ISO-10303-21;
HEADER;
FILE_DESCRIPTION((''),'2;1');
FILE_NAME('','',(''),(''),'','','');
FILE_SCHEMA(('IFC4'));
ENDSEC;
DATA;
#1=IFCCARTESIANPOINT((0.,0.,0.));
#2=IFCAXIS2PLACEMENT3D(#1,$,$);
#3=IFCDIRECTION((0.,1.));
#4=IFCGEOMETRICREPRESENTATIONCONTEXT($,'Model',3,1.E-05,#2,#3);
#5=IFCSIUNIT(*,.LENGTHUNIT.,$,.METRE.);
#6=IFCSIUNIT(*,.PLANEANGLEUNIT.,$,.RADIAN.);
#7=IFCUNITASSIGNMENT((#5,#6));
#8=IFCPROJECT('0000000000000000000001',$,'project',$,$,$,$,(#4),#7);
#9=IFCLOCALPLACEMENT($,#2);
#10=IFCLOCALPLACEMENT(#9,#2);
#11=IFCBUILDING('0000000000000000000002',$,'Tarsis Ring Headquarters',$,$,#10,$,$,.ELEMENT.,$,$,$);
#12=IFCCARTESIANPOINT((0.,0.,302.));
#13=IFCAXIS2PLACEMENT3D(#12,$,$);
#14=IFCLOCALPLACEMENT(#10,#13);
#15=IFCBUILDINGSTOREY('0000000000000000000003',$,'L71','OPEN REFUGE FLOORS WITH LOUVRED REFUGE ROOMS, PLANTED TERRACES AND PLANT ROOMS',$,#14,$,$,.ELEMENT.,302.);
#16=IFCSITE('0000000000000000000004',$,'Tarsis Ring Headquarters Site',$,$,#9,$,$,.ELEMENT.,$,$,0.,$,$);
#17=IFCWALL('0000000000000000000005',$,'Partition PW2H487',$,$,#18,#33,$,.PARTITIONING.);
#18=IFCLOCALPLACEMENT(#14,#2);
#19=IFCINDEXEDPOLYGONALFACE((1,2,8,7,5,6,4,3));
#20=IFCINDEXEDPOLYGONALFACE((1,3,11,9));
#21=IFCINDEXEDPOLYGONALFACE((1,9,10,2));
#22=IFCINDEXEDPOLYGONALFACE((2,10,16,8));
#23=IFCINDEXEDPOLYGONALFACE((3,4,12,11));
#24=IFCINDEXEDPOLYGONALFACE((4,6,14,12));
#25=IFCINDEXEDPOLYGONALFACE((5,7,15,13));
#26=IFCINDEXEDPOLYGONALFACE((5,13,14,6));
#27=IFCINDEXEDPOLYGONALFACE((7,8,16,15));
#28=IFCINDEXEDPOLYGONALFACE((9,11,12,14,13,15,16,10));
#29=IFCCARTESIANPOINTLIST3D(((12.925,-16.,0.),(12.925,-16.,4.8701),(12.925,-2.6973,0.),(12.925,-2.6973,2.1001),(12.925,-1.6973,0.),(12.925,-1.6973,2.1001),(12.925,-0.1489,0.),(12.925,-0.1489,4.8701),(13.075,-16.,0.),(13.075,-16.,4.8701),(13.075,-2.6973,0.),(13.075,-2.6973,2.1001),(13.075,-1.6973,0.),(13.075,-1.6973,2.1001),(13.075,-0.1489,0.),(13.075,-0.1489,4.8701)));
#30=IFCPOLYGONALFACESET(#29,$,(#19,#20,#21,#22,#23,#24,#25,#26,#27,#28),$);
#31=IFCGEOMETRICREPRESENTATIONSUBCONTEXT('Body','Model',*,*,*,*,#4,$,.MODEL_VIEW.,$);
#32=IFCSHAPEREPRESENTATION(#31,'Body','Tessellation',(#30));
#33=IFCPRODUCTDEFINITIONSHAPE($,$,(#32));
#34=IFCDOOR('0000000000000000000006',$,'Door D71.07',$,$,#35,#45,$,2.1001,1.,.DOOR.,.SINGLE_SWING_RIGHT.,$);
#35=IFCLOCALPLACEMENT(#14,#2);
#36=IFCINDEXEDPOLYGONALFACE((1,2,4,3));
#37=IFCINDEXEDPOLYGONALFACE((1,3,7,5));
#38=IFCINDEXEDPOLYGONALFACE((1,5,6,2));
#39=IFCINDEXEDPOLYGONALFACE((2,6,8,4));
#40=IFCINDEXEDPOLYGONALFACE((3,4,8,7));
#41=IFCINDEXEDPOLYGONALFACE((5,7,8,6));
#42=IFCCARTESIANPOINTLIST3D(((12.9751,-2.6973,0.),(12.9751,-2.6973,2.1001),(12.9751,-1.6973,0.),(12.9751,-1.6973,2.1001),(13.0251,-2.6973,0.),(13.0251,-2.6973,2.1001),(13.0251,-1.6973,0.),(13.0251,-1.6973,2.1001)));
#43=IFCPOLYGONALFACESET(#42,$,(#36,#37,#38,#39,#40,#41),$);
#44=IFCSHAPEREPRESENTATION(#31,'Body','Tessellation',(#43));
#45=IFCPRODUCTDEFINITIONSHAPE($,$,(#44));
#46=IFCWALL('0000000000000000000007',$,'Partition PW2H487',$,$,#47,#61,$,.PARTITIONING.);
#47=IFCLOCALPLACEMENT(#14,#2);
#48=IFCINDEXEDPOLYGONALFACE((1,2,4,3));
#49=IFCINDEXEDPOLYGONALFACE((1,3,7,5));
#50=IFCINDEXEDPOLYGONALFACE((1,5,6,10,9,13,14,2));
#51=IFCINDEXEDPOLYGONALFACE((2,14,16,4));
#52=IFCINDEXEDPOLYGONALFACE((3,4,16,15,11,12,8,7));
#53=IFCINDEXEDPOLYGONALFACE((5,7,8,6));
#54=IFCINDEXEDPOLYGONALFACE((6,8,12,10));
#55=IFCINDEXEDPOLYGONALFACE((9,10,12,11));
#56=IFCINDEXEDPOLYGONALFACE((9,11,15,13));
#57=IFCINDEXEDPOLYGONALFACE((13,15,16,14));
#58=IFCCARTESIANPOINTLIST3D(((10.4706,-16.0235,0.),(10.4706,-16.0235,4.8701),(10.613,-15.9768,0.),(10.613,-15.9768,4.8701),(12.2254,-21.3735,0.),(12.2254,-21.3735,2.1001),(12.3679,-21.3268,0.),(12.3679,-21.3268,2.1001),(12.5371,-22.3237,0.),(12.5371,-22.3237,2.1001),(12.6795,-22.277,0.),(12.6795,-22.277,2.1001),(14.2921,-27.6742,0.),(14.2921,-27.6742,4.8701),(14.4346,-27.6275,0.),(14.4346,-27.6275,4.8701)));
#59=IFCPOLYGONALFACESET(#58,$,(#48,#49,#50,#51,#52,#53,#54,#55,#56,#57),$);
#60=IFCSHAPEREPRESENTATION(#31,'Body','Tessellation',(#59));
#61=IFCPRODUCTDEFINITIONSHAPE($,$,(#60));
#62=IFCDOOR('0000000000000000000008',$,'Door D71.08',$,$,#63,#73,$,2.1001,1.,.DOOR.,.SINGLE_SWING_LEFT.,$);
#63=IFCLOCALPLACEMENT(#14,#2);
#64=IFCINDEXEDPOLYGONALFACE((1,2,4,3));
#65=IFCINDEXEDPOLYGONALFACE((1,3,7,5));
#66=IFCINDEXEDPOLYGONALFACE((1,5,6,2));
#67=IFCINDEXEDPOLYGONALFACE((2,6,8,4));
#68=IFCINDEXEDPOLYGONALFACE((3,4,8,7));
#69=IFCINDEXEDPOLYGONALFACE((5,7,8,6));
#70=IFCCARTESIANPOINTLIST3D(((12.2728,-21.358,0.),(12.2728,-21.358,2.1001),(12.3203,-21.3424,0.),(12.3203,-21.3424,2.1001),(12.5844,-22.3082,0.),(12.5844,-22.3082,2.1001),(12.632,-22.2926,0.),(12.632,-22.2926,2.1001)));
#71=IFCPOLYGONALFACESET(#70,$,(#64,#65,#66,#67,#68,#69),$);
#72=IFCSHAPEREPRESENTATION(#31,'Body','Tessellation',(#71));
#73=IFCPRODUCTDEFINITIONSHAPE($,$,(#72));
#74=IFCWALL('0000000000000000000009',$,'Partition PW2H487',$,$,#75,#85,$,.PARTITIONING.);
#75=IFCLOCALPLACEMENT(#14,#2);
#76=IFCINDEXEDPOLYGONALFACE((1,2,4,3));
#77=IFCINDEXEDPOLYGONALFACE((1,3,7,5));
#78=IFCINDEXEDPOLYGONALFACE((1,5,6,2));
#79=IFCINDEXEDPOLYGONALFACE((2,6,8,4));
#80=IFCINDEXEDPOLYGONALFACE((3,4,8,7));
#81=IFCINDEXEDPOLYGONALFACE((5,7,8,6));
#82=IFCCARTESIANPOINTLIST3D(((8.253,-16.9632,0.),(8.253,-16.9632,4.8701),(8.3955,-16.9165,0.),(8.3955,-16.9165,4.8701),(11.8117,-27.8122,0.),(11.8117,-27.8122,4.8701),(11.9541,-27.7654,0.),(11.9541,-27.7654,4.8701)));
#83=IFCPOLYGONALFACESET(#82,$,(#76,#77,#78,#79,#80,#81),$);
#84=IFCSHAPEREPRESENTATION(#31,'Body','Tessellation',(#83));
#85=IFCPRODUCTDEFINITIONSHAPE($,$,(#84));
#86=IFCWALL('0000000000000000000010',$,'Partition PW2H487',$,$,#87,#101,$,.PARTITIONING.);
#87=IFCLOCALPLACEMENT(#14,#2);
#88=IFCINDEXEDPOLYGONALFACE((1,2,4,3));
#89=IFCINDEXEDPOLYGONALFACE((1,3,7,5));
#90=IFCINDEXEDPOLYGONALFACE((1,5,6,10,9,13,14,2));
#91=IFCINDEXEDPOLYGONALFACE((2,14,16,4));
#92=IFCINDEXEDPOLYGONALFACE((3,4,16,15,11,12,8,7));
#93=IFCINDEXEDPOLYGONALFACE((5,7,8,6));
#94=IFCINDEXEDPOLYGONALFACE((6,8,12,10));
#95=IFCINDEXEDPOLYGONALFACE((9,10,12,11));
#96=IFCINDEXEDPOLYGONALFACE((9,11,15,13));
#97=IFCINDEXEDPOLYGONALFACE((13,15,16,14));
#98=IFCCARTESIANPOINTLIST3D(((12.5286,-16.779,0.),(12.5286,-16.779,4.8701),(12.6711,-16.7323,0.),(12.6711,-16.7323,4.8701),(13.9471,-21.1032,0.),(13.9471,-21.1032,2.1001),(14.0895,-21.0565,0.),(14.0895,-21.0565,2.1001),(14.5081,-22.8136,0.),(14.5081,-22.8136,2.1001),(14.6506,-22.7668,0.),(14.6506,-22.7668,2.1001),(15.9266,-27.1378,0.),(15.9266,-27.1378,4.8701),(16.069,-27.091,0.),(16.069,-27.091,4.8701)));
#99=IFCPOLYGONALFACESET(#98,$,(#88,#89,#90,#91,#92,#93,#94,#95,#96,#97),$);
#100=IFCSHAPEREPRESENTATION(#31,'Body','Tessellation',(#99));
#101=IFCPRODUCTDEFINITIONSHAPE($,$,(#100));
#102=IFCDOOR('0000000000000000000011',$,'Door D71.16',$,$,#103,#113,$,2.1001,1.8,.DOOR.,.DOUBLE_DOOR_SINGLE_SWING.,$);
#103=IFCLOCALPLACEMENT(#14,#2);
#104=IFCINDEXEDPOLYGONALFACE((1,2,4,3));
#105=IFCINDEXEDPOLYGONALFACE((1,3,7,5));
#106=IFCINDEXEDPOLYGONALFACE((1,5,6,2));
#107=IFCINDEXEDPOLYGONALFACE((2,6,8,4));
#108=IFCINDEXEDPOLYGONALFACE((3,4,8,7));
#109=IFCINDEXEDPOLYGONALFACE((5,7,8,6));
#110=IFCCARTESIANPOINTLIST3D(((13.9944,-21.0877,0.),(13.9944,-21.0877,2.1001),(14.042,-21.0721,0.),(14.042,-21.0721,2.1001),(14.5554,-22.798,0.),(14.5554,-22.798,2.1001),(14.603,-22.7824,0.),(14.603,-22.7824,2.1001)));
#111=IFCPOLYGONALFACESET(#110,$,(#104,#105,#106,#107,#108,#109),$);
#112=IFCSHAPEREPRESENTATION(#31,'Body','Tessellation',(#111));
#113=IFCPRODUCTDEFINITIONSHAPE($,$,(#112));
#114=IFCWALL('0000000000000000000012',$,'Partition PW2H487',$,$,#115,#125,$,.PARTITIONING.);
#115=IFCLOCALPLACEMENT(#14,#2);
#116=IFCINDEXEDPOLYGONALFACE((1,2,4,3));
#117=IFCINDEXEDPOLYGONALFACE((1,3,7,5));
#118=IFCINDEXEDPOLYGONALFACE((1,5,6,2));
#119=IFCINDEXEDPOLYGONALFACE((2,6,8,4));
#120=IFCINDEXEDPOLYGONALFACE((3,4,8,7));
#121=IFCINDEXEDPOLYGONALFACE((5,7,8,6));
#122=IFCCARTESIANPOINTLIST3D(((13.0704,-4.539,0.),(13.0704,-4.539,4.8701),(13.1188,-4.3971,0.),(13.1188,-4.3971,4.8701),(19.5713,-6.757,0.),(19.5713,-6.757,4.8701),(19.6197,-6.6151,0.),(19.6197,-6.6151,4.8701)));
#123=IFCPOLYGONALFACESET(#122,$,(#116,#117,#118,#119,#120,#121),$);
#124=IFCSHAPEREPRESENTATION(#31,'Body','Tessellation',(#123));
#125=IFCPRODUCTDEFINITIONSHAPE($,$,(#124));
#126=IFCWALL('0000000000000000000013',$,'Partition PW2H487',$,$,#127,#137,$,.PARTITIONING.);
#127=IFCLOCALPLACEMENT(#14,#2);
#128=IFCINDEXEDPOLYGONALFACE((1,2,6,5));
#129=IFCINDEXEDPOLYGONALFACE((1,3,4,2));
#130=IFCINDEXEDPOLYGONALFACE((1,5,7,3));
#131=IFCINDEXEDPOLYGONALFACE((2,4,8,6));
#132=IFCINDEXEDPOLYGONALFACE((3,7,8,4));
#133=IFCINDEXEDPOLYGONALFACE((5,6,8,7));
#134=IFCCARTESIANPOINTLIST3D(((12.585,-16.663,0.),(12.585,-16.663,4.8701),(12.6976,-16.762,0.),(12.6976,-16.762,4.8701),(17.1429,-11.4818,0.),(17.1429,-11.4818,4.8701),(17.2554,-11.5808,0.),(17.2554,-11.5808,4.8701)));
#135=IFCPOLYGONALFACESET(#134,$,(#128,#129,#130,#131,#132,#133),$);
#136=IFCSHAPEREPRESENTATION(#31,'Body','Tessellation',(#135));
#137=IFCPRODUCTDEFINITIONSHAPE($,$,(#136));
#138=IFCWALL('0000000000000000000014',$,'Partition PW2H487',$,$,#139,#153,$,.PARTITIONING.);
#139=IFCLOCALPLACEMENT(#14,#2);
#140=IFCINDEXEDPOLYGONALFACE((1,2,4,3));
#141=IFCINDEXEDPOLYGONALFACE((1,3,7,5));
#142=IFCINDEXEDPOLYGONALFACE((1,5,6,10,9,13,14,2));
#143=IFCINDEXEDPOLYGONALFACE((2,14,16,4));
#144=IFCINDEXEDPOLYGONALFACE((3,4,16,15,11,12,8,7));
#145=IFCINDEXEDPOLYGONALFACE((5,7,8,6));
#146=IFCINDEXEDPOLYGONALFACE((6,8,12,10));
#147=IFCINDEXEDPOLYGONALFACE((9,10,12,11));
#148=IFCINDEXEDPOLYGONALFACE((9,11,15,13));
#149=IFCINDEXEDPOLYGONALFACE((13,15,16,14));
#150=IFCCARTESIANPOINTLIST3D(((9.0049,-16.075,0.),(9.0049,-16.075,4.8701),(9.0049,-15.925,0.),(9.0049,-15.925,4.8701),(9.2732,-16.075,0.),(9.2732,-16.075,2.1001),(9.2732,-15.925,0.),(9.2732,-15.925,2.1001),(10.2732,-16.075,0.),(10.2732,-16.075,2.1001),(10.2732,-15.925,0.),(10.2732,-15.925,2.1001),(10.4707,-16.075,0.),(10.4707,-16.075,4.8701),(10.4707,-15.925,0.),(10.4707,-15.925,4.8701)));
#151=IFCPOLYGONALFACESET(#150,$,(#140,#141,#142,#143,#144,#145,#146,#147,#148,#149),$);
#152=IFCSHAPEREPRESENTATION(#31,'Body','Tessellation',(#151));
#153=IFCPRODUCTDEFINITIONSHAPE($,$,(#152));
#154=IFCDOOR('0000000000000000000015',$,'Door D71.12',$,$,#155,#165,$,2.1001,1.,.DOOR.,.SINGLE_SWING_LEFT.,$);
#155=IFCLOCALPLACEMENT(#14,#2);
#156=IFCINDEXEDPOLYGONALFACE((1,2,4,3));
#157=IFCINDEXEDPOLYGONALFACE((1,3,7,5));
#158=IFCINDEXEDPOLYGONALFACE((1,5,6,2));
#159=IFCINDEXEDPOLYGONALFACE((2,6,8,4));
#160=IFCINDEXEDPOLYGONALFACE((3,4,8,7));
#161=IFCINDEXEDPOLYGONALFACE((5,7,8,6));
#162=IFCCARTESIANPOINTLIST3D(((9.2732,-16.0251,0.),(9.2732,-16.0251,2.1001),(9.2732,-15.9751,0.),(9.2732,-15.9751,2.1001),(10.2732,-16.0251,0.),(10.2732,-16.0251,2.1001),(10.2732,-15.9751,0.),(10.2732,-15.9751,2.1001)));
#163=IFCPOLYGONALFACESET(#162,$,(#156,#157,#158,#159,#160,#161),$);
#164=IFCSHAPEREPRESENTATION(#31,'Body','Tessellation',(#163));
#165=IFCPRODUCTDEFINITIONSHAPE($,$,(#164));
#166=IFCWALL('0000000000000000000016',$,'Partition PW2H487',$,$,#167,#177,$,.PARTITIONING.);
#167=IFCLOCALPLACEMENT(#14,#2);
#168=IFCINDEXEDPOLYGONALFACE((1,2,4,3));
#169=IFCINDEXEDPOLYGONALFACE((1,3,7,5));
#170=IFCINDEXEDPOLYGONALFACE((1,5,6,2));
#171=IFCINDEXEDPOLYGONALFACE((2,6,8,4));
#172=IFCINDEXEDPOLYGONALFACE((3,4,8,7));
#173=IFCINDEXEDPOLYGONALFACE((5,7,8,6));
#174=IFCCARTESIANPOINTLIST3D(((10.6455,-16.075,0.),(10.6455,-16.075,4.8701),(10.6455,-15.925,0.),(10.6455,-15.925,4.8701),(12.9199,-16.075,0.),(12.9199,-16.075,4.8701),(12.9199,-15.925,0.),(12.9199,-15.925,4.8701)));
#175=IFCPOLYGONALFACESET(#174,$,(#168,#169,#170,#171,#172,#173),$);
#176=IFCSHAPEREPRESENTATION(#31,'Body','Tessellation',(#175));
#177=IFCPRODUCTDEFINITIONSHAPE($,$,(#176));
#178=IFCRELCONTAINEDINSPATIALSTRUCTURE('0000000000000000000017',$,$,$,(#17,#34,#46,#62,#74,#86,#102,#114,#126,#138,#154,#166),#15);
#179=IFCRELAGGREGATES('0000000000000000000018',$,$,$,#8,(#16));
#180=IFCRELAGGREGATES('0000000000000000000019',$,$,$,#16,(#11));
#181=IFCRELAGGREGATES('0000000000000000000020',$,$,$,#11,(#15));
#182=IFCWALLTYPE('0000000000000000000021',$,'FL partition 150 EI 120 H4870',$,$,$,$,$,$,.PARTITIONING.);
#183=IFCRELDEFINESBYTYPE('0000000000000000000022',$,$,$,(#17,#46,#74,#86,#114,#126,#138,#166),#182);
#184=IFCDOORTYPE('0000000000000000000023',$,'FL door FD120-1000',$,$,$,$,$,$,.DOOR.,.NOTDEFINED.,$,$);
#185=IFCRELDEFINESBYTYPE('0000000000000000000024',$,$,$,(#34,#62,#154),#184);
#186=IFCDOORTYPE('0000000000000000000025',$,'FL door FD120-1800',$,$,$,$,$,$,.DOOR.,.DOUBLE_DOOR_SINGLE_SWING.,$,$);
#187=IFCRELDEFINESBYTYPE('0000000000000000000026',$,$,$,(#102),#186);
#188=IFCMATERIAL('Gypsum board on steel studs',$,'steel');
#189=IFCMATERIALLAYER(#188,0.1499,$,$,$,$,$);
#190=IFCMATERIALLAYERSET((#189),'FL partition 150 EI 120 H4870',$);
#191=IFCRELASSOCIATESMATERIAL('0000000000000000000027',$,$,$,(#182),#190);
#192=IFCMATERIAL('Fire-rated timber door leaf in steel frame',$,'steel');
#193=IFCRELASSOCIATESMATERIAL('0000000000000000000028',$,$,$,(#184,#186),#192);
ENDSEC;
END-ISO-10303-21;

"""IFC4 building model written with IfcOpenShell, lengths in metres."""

from ifc_helpers import new_model, si_unit, direction, frame, frame_2d, origin, place, context, subcontext, project, spatial, rectangle, extrude, material, layer, layer_set, type_object, element, fill, save


model = new_model("IFC4")

# Units and contexts
model_context = context("Model", 3, precision=1e-05, world=origin(), true_north=direction((0.0, 1.0)))
body_context = subcontext(model_context, "Body", "Model", "MODEL_VIEW")
ifc_project = project(units=[si_unit("LENGTHUNIT", "METRE"), si_unit("PLANEANGLEUNIT", "RADIAN")], contexts=[model_context])

# Site, building, storey
site_placement = place(None, origin())
site = spatial("IfcSite", under=ifc_project, at=site_placement, Name="Tarsis Ring Headquarters Site", CompositionType="ELEMENT", RefElevation=0.0)
building_placement = place(site_placement, origin())
building = spatial("IfcBuilding", under=site, at=building_placement, Name="Tarsis Ring Headquarters", CompositionType="ELEMENT")
storey_placement = place(building_placement, frame((0.0, 0.0, 302.0)))
storey = spatial("IfcBuildingStorey", under=building, at=storey_placement, Name="L71", Description="OPEN REFUGE FLOORS WITH LOUVRED REFUGE ROOMS, PLANTED TERRACES AND PLANT ROOMS", CompositionType="ELEMENT", Elevation=302.0)

# Shared definitions
ifc_material_1 = material(Name="Gypsum board on steel studs", Category="steel")
ifc_layer_1 = layer(ifc_material_1, 0.1499)
ifc_layer_set_1 = layer_set([ifc_layer_1], Name="FL partition 150 EI 120 H4870")
wall_type_1 = type_object("IfcWallType", Name="FL partition 150 EI 120 H4870", PredefinedType="PARTITIONING", material=ifc_layer_set_1)

# Walls, openings, doors
wall_1_placement = place(storey_placement, frame((13.0, -16.0, 0.0), z_axis=(0.0, 0.0, 1.0), x_axis=(0.0, 1.0, 0.0)))
wall_1 = element("IfcWall", 1, at=wall_1_placement, inside=storey, type_object=wall_type_1, Name="Partition PW2H487", PredefinedType="PARTITIONING", context=body_context, shape_type="SweptSolid", body=[
    extrude(rectangle(XDim=15.8511, YDim=0.1499, at=frame_2d((7.9255, 0.0))), origin(), (0.0, 0.0, 1.0), 4.8701),
])
opening_1_placement = place(wall_1_placement, frame((13.3027, 0.0, 0.0)))
opening_1 = element("IfcOpeningElement", 2, at=opening_1_placement, cuts=wall_1, PredefinedType="OPENING", context=body_context, shape_type="SweptSolid", body=[
    extrude(rectangle(XDim=1.0, YDim=2.1001, at=frame_2d((0.5, 1.05))), frame((0.0, 0.085, 0.0), z_axis=(0.0, -1.0, 0.0), x_axis=(1.0, 0.0, 0.0)), (0.0, 0.0, 1.0), 0.1699),
])
ifc_material_2 = material(Name="Fire-rated timber door leaf in steel frame", Category="steel")
door_type_1 = type_object("IfcDoorType", Name="FL door FD120-1000", OperationType="NOTDEFINED", PredefinedType="DOOR", material=ifc_material_2)
door_1_placement = place(opening_1_placement, origin())
door_1 = element("IfcDoor", 3, at=door_1_placement, inside=storey, type_object=door_type_1, Name="Door D71.07", OperationType="SINGLE_SWING_RIGHT", OverallHeight=2.1001, OverallWidth=1.0, PredefinedType="DOOR", context=body_context, shape_type="SweptSolid", body=[
    extrude(rectangle(XDim=1.0, YDim=2.1001, at=frame_2d((0.5, 1.05))), frame((0.0, 0.0249, 0.0), z_axis=(0.0, -1.0, 0.0), x_axis=(1.0, 0.0, 0.0)), (0.0, 0.0, 1.0), 0.05),
])
fill(opening_1, door_1)
wall_2_placement = place(storey_placement, frame((10.5417, -16.0, 0.0), z_axis=(0.0, 0.0, 1.0), x_axis=(0.311672, -0.95019, 0.0)))
wall_2 = element("IfcWall", 4, at=wall_2_placement, inside=storey, type_object=wall_type_1, Name="Partition PW2H487", PredefinedType="PARTITIONING", context=body_context, shape_type="SweptSolid", body=[
    extrude(rectangle(XDim=12.2615, YDim=0.1499, at=frame_2d((6.1309, 0.0))), origin(), (0.0, 0.0, 1.0), 4.8701),
])
opening_2_placement = place(wall_2_placement, frame((5.6306, 0.0, 0.0)))
opening_2 = element("IfcOpeningElement", 5, at=opening_2_placement, cuts=wall_2, PredefinedType="OPENING", context=body_context, shape_type="SweptSolid", body=[
    extrude(rectangle(XDim=1.0, YDim=2.1001, at=frame_2d((0.5, 1.05))), frame((0.0, 0.085, 0.0), z_axis=(0.0, -1.0, 0.0), x_axis=(1.0, 0.0, 0.0)), (0.0, 0.0, 1.0), 0.1699),
])
door_2_placement = place(opening_2_placement, origin())
door_2 = element("IfcDoor", 6, at=door_2_placement, inside=storey, type_object=door_type_1, Name="Door D71.08", OperationType="SINGLE_SWING_LEFT", OverallHeight=2.1001, OverallWidth=1.0, PredefinedType="DOOR", context=body_context, shape_type="SweptSolid", body=[
    extrude(rectangle(XDim=1.0, YDim=2.1001, at=frame_2d((0.5, 1.05))), frame((0.0, 0.0249, 0.0), z_axis=(0.0, -1.0, 0.0), x_axis=(1.0, 0.0, 0.0)), (0.0, 0.0, 1.0), 0.05),
])
fill(opening_2, door_2)

# Wall
wall_3_placement = place(storey_placement, frame((8.3242, -16.9397, 0.0), z_axis=(0.0, 0.0, 1.0), x_axis=(0.311676, -0.950188, 0.0)))
element("IfcWall", 7, at=wall_3_placement, inside=storey, type_object=wall_type_1, Name="Partition PW2H487", PredefinedType="PARTITIONING", context=body_context, shape_type="SweptSolid", body=[
    extrude(rectangle(XDim=11.4177, YDim=0.1499, at=frame_2d((5.709, 0.0))), origin(), (0.0, 0.0, 1.0), 4.8701),
])

# Wall, opening, door
wall_4_placement = place(storey_placement, frame((12.5999, -16.7556, 0.0), z_axis=(0.0, 0.0, 1.0), x_axis=(0.311683, -0.950186, 0.0)))
wall_4 = element("IfcWall", 8, at=wall_4_placement, inside=storey, type_object=wall_type_1, Name="Partition PW2H487", PredefinedType="PARTITIONING", context=body_context, shape_type="SweptSolid", body=[
    extrude(rectangle(XDim=10.9019, YDim=0.1499, at=frame_2d((5.4509, 0.0))), origin(), (0.0, 0.0, 1.0), 4.8701),
])
opening_3_placement = place(wall_4_placement, frame((4.551, 0.0, 0.0)))
opening_3 = element("IfcOpeningElement", 9, at=opening_3_placement, cuts=wall_4, PredefinedType="OPENING", context=body_context, shape_type="SweptSolid", body=[
    extrude(rectangle(XDim=1.8, YDim=2.1001, at=frame_2d((0.8999, 1.05))), frame((0.0, 0.085, 0.0), z_axis=(0.0, -1.0, 0.0), x_axis=(1.0, 0.0, 0.0)), (0.0, 0.0, 1.0), 0.1699),
])
door_type_2 = type_object("IfcDoorType", Name="FL door FD120-1800", OperationType="DOUBLE_DOOR_SINGLE_SWING", PredefinedType="DOOR", material=ifc_material_2)
door_3_placement = place(opening_3_placement, origin())
door_3 = element("IfcDoor", 10, at=door_3_placement, inside=storey, type_object=door_type_2, Name="Door D71.16", OperationType="DOUBLE_DOOR_SINGLE_SWING", OverallHeight=2.1001, OverallWidth=1.8, PredefinedType="DOOR", context=body_context, shape_type="SweptSolid", body=[
    extrude(rectangle(XDim=1.8, YDim=2.1001, at=frame_2d((0.8999, 1.05))), frame((0.0, 0.0249, 0.0), z_axis=(0.0, -1.0, 0.0), x_axis=(1.0, 0.0, 0.0)), (0.0, 0.0, 1.0), 0.05),
])
fill(opening_3, door_3)

# Walls
wall_5_placement = place(storey_placement, frame((13.0945, -4.468, 0.0), z_axis=(0.0, 0.0, 1.0), x_axis=(0.946431, -0.322905, 0.0)))
element("IfcWall", 11, at=wall_5_placement, inside=storey, type_object=wall_type_1, Name="Partition PW2H487", PredefinedType="PARTITIONING", context=body_context, shape_type="SweptSolid", body=[
    extrude(rectangle(XDim=6.8689, YDim=0.1499, at=frame_2d((3.4346, 0.0))), origin(), (0.0, 0.0, 1.0), 4.8701),
])
wall_6_placement = place(storey_placement, frame((12.6414, -16.7124, 0.0), z_axis=(0.0, 0.0, 1.0), x_axis=(0.660501, 0.750825, 0.0)))
element("IfcWall", 12, at=wall_6_placement, inside=storey, type_object=wall_type_1, Name="Partition PW2H487", PredefinedType="PARTITIONING", context=body_context, shape_type="SweptSolid", body=[
    extrude(rectangle(XDim=6.9006, YDim=0.1499, at=frame_2d((3.4502, 0.0))), origin(), (0.0, 0.0, 1.0), 4.8701),
])

# Wall, opening, door
wall_7_placement = place(storey_placement, frame((9.0049, -16.0, 0.0), z_axis=(0.0, 0.0, 1.0), x_axis=(1.0, 0.0, 0.0)))
wall_7 = element("IfcWall", 13, at=wall_7_placement, inside=storey, type_object=wall_type_1, Name="Partition PW2H487", PredefinedType="PARTITIONING", context=body_context, shape_type="SweptSolid", body=[
    extrude(rectangle(XDim=1.4658, YDim=0.1499, at=frame_2d((0.7329, 0.0))), origin(), (0.0, 0.0, 1.0), 4.8701),
])
opening_4_placement = place(wall_7_placement, frame((0.2683, 0.0, 0.0)))
opening_4 = element("IfcOpeningElement", 14, at=opening_4_placement, cuts=wall_7, PredefinedType="OPENING", context=body_context, shape_type="SweptSolid", body=[
    extrude(rectangle(XDim=1.0, YDim=2.1001, at=frame_2d((0.5, 1.05))), frame((0.0, 0.085, 0.0), z_axis=(0.0, -1.0, 0.0), x_axis=(1.0, 0.0, 0.0)), (0.0, 0.0, 1.0), 0.1699),
])
door_4_placement = place(opening_4_placement, origin())
door_4 = element("IfcDoor", 15, at=door_4_placement, inside=storey, type_object=door_type_1, Name="Door D71.12", OperationType="SINGLE_SWING_LEFT", OverallHeight=2.1001, OverallWidth=1.0, PredefinedType="DOOR", context=body_context, shape_type="SweptSolid", body=[
    extrude(rectangle(XDim=1.0, YDim=2.1001, at=frame_2d((0.5, 1.05))), frame((0.0, 0.0249, 0.0), z_axis=(0.0, -1.0, 0.0), x_axis=(1.0, 0.0, 0.0)), (0.0, 0.0, 1.0), 0.05),
])
fill(opening_4, door_4)

# Wall
wall_8_placement = place(storey_placement, frame((10.6455, -16.0, 0.0), z_axis=(0.0, 0.0, 1.0), x_axis=(1.0, 0.0, 0.0)))
element("IfcWall", 16, at=wall_8_placement, inside=storey, type_object=wall_type_1, Name="Partition PW2H487", PredefinedType="PARTITIONING", context=body_context, shape_type="SweptSolid", body=[
    extrude(rectangle(XDim=2.2744, YDim=0.1499, at=frame_2d((1.1372, 0.0))), origin(), (0.0, 0.0, 1.0), 4.8701),
])

save(model, "model.ifc")
